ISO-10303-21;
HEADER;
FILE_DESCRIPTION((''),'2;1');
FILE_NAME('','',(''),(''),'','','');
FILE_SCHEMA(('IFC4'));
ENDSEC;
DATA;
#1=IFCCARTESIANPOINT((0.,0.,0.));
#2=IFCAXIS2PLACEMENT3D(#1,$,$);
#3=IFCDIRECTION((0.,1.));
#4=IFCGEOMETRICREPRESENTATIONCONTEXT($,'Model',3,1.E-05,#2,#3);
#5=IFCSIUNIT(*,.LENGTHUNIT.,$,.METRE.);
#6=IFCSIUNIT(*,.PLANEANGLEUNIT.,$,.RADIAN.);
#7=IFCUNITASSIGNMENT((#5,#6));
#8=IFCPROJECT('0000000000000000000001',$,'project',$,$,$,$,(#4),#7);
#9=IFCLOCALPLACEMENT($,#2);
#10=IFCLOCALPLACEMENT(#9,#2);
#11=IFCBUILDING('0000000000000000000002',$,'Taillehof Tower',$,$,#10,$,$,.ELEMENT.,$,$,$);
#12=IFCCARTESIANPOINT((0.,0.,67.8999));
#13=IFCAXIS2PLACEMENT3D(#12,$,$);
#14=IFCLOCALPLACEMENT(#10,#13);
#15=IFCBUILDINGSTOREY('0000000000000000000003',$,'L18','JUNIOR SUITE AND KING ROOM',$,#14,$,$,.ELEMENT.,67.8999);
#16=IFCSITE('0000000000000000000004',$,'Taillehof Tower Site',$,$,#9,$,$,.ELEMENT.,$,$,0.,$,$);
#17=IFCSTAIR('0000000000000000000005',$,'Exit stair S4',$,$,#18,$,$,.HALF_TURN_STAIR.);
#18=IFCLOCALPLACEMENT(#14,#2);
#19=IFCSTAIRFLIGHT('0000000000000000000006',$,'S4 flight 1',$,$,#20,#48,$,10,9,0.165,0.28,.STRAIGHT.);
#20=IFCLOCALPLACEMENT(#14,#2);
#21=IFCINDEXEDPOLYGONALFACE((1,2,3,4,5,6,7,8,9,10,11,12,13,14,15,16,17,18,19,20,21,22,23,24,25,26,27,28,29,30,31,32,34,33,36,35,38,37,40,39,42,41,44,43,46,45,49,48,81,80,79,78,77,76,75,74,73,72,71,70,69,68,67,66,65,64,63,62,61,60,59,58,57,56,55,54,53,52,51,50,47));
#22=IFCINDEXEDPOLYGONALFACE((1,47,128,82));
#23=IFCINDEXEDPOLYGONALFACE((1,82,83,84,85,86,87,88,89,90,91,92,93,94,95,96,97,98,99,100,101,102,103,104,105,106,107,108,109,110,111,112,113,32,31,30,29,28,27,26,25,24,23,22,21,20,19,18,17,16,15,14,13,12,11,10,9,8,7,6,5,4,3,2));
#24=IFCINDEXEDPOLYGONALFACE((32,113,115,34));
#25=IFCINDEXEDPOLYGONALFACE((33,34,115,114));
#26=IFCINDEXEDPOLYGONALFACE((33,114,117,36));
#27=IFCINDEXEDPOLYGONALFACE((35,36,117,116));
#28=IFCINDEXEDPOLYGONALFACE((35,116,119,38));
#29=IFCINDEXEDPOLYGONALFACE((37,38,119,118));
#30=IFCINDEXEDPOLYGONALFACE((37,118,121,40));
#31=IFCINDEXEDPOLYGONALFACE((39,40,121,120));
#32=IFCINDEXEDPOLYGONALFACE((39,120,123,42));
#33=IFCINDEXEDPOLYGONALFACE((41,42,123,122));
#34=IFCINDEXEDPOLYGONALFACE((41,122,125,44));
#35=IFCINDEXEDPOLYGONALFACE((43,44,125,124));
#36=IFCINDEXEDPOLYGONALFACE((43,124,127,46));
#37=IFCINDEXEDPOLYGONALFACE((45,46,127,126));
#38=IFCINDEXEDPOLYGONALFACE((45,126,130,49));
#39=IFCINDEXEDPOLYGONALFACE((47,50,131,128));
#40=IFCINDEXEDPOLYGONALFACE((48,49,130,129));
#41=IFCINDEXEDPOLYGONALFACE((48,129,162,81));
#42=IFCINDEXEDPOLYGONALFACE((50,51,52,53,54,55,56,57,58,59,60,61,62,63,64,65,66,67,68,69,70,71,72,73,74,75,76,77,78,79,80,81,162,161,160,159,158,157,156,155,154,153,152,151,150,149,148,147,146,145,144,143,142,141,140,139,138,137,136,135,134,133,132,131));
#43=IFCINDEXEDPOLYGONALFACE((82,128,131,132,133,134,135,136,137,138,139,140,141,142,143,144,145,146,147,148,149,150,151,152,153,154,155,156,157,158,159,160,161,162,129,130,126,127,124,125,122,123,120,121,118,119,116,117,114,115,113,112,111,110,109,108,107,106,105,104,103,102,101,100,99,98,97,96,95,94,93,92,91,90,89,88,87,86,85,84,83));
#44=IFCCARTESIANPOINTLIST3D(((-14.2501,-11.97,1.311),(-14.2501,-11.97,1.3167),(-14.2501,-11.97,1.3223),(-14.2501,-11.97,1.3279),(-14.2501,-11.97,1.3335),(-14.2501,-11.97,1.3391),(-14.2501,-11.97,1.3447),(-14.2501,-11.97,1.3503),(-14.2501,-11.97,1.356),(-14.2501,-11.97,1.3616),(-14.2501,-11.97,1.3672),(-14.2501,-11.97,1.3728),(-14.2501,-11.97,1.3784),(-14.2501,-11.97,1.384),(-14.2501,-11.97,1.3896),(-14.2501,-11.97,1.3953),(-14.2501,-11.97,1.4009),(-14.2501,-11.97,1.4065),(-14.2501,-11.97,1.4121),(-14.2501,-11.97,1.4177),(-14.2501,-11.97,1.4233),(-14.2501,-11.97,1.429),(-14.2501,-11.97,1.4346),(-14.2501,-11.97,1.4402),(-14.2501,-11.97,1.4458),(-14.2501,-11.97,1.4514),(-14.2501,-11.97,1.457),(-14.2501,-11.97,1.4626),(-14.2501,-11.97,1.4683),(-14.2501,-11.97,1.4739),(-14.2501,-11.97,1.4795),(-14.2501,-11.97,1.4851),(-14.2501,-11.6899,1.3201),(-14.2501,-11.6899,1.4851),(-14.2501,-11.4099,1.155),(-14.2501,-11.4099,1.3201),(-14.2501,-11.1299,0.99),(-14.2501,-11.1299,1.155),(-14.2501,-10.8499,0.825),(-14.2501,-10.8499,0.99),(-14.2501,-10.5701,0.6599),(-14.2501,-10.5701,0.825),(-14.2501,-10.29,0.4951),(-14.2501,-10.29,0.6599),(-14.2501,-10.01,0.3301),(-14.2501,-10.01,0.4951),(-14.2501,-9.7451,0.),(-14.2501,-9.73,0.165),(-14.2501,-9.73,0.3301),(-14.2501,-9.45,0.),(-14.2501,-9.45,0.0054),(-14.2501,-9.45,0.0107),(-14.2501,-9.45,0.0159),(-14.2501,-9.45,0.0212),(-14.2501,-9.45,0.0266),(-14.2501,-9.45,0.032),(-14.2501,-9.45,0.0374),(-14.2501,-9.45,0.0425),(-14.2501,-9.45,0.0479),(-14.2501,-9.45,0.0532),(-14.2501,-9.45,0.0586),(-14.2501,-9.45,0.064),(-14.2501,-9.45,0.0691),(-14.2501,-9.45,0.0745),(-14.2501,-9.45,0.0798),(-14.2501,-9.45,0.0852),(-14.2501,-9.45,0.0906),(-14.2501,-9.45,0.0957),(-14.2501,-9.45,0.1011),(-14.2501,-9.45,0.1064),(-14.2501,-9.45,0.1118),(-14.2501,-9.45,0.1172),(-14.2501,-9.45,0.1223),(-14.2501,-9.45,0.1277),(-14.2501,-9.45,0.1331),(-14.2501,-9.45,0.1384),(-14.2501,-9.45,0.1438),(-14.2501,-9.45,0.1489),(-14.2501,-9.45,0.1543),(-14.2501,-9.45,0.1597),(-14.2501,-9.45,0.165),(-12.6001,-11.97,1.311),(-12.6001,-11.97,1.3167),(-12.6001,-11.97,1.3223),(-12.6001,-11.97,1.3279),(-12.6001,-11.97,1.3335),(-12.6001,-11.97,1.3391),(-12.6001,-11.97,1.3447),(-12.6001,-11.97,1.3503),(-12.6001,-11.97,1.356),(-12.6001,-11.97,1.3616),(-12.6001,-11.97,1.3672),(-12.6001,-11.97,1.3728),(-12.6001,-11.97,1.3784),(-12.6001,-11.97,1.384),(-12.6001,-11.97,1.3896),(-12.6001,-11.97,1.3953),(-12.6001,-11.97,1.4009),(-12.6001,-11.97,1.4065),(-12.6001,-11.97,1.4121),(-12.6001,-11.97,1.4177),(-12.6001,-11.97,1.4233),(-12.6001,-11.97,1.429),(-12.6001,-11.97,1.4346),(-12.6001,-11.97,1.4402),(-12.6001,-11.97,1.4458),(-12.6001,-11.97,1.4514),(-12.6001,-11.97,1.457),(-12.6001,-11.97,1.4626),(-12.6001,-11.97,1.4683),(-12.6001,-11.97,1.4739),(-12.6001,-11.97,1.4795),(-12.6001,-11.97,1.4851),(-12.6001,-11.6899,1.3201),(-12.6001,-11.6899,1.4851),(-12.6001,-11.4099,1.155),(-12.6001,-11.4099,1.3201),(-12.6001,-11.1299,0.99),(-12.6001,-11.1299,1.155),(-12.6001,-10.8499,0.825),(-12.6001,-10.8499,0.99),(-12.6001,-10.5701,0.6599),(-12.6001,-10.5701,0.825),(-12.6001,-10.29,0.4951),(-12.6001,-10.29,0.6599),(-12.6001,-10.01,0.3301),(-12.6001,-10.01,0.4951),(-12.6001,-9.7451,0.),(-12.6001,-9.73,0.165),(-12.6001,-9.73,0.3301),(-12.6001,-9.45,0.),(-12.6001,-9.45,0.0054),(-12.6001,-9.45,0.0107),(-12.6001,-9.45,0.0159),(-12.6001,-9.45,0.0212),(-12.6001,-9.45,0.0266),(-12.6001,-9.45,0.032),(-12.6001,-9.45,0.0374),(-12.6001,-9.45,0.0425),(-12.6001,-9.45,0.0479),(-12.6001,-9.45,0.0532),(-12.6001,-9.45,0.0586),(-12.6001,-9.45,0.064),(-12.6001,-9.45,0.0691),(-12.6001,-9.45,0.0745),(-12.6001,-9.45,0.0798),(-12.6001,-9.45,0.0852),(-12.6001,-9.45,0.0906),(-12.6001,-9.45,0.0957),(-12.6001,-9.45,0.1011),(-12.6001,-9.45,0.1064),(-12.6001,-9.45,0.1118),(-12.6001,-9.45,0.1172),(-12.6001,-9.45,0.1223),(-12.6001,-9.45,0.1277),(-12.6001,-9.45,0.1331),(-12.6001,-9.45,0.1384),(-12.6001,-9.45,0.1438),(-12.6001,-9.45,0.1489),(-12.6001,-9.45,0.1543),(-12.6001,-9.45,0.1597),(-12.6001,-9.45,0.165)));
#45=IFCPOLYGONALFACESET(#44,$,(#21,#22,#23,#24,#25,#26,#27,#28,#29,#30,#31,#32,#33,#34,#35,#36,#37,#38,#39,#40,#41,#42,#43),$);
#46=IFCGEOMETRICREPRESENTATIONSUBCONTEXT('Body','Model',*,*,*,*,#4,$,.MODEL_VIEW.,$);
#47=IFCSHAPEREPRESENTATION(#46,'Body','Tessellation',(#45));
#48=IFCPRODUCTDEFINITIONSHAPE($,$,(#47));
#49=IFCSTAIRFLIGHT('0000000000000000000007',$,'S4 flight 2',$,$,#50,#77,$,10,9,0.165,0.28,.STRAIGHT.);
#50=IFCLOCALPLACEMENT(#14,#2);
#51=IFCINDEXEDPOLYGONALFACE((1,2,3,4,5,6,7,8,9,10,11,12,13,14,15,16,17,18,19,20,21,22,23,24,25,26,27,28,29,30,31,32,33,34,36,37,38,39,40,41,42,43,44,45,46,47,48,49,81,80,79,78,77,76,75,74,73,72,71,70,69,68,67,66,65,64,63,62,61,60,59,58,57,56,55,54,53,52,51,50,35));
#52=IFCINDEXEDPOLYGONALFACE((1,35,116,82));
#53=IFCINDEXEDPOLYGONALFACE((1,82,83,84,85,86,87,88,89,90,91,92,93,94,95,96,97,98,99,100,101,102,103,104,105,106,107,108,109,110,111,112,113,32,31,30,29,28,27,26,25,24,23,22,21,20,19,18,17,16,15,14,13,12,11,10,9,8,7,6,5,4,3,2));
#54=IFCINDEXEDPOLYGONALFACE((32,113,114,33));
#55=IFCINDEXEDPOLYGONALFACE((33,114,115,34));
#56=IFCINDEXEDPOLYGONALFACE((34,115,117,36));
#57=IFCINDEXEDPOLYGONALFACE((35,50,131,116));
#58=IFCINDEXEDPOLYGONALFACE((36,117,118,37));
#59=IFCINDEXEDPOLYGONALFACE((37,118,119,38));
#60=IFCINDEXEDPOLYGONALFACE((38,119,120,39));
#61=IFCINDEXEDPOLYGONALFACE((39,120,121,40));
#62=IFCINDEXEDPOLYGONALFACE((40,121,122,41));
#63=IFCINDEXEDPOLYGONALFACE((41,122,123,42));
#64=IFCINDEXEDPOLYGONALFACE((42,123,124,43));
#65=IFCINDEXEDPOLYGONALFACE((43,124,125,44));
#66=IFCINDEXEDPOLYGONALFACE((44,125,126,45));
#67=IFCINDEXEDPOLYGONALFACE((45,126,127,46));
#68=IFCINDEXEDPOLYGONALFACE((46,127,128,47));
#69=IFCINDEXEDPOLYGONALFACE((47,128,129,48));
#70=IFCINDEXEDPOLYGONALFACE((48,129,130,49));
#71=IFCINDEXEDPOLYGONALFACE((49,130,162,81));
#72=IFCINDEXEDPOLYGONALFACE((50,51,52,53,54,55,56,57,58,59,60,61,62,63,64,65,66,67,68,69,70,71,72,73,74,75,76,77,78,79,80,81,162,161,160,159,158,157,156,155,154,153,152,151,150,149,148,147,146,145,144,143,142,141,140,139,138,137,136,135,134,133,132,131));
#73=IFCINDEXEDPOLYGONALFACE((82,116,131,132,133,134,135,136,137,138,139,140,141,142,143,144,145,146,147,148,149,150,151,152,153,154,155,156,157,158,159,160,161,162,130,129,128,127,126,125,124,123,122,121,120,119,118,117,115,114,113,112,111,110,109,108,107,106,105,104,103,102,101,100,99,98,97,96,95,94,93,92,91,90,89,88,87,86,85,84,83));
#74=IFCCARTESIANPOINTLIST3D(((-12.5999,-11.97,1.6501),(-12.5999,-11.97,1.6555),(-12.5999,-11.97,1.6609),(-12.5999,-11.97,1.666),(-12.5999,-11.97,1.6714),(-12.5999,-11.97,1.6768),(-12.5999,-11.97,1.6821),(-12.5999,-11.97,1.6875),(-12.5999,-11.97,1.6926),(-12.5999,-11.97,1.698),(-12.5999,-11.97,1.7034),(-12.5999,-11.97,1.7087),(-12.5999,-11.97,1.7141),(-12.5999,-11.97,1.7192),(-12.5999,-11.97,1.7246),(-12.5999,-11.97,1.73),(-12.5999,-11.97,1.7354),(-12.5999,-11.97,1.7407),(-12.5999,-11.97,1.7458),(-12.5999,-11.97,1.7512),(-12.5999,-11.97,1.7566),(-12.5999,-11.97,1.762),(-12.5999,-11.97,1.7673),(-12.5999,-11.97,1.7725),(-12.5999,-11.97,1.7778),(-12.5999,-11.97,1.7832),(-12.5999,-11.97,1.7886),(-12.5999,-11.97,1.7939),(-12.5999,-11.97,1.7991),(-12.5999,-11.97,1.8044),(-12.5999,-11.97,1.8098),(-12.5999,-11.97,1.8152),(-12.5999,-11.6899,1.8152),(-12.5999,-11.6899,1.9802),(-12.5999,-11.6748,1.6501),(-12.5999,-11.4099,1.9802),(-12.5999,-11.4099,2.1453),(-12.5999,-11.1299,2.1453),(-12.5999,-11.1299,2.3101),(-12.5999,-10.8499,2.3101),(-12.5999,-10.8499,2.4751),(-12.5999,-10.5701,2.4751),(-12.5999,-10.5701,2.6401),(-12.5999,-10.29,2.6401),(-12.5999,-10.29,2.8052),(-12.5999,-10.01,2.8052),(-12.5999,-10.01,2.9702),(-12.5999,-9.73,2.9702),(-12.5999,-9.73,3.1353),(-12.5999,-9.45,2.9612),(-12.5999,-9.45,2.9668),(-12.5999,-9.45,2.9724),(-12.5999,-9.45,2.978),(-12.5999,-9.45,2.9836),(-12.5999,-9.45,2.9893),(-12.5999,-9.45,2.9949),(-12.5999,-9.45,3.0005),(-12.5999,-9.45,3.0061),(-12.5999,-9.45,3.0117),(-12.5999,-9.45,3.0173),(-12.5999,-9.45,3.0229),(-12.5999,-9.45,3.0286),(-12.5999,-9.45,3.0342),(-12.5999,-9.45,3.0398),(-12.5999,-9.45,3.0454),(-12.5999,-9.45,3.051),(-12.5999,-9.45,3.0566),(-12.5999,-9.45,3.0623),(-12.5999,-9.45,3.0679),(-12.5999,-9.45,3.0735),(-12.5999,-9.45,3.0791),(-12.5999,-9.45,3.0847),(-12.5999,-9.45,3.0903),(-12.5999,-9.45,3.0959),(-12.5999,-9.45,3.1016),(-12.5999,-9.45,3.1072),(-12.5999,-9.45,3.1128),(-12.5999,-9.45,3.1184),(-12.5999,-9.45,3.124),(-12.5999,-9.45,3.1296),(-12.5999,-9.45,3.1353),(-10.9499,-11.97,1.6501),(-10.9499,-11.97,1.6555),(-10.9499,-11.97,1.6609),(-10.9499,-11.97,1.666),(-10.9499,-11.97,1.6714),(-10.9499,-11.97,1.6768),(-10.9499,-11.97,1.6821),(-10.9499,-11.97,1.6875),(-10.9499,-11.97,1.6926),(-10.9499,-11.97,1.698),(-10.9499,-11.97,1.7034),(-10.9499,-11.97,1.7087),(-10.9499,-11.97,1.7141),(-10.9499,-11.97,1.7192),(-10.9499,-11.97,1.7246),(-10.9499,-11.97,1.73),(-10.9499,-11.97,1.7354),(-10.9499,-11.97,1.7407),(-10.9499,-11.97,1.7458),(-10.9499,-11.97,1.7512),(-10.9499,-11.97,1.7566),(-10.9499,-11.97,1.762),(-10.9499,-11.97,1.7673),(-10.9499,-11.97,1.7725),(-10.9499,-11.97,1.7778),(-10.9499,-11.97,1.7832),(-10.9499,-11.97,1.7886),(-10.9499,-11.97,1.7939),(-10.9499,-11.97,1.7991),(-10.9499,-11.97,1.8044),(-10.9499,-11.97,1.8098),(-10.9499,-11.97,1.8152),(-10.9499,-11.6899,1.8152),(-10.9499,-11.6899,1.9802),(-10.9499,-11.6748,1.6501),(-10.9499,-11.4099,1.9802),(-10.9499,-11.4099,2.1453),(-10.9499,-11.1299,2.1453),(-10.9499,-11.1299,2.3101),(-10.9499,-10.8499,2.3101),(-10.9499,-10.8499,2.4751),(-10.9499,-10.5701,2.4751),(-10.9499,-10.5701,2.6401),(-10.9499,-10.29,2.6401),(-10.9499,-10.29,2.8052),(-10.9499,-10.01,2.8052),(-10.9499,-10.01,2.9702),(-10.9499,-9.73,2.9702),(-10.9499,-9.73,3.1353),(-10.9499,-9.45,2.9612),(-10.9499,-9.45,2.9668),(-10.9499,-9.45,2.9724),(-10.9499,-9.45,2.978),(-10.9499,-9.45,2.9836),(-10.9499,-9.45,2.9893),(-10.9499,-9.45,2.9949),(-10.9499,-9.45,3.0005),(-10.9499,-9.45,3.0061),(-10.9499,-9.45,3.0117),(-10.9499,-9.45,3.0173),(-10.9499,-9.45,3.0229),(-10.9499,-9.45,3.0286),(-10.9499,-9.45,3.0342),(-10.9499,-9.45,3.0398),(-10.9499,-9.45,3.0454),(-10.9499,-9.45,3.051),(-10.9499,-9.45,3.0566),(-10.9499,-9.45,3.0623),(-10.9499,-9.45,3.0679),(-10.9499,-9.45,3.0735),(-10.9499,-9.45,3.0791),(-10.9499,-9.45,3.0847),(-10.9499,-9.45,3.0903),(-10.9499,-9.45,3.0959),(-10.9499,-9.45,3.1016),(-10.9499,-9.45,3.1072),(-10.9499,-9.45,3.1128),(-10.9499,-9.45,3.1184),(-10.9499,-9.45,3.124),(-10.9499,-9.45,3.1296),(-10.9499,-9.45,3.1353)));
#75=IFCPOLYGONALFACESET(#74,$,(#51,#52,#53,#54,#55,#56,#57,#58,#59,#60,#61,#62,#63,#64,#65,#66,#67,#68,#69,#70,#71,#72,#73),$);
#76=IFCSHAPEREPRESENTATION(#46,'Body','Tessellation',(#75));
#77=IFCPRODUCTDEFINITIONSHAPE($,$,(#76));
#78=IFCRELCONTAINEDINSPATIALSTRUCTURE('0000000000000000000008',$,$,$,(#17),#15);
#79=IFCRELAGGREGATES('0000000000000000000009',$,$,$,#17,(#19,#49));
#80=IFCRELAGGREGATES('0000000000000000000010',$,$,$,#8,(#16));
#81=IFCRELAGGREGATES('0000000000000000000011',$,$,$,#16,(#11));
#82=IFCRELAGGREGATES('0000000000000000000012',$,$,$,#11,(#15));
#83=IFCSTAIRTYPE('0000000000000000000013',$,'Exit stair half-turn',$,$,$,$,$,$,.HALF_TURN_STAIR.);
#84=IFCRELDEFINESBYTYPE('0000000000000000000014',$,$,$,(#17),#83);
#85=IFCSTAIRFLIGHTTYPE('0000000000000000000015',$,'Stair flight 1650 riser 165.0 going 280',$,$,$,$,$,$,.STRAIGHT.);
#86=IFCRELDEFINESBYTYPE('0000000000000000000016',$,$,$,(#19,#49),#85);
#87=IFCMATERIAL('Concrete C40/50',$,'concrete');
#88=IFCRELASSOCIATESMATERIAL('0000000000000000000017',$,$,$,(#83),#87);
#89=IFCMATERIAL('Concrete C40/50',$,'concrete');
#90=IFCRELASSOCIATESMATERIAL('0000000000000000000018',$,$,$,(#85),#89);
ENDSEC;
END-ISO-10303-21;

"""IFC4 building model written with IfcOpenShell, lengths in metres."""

from ifc_helpers import new_model, si_unit, direction, frame, origin, place, context, subcontext, project, spatial, polyline, outline, extrude, material, type_object, element, aggregate, save


model = new_model("IFC4")

# Units and contexts
model_context = context("Model", 3, precision=1e-05, world=origin(), true_north=direction((0.0, 1.0)))
body_context = subcontext(model_context, "Body", "Model", "MODEL_VIEW")
ifc_project = project(units=[si_unit("LENGTHUNIT", "METRE"), si_unit("PLANEANGLEUNIT", "RADIAN")], contexts=[model_context])

# Site, building, storey
site_placement = place(None, origin())
site = spatial("IfcSite", under=ifc_project, at=site_placement, Name="Taillehof Tower Site", CompositionType="ELEMENT", RefElevation=0.0)
building_placement = place(site_placement, origin())
building = spatial("IfcBuilding", under=site, at=building_placement, Name="Taillehof Tower", CompositionType="ELEMENT")
storey_placement = place(building_placement, frame((0.0, 0.0, 67.8999)))
storey = spatial("IfcBuildingStorey", under=building, at=storey_placement, Name="L18", Description="JUNIOR SUITE AND KING ROOM", CompositionType="ELEMENT", Elevation=67.8999)

# Stair, stair flights
ifc_material_1 = material(Name="Concrete C40/50", Category="concrete")
stair_type = type_object("IfcStairType", Name="Exit stair half-turn", PredefinedType="HALF_TURN_STAIR", material=ifc_material_1)
stair_placement = place(storey_placement, origin())
stair = element("IfcStair", 1, at=stair_placement, inside=storey, type_object=stair_type, Name="Exit stair S4", PredefinedType="HALF_TURN_STAIR")
ifc_material_2 = material(Name="Concrete C40/50", Category="concrete")
stair_flight_type = type_object("IfcStairFlightType", Name="Stair flight 1650 riser 165.0 going 280", PredefinedType="STRAIGHT", material=ifc_material_2)
stair_flight_1_placement = place(storey_placement, frame((-13.425, -9.45, 0.0), z_axis=(0.0, 0.0, 1.0), x_axis=(0.0, -1.0, 0.0)))
stair_flight_1 = element("IfcStairFlight", 2, at=stair_flight_1_placement, type_object=stair_flight_type, Name="S4 flight 1", NumberOfRisers=10, NumberOfTreads=9, PredefinedType="STRAIGHT", RiserHeight=0.165, TreadLength=0.28, context=body_context, shape_type="SweptSolid", body=[
    extrude(outline(polyline([(0.0, 0.0), (0.0, 0.0054), (0.0, 0.0107), (0.0, 0.0159), (0.0, 0.0212), (0.0, 0.0266), (0.0, 0.032), (0.0, 0.0374), (0.0, 0.0425), (0.0, 0.0479), (0.0, 0.0532), (0.0, 0.0586), (0.0, 0.064), (0.0, 0.0691), (0.0, 0.0745), (0.0, 0.0798), (0.0, 0.0852), (0.0, 0.0906), (0.0, 0.0957), (0.0, 0.1011), (0.0, 0.1064), (0.0, 0.1118), (0.0, 0.1172), (0.0, 0.1223), (0.0, 0.1277), (0.0, 0.1331), (0.0, 0.1384), (0.0, 0.1438), (0.0, 0.1489), (0.0, 0.1543), (0.0, 0.1597), (0.0, 0.165), (0.28, 0.165), (0.28, 0.3301), (0.5601, 0.3301), (0.5601, 0.4951), (0.8401, 0.4951), (0.8401, 0.6599), (1.1201, 0.6599), (1.1201, 0.825), (1.3999, 0.825), (1.3999, 0.99), (1.6799, 0.99), (1.6799, 1.155), (1.96, 1.155), (1.96, 1.3201), (2.24, 1.3201), (2.24, 1.4851), (2.52, 1.4851), (2.52, 1.4795), (2.52, 1.4739), (2.52, 1.4683), (2.52, 1.4626), (2.52, 1.457), (2.52, 1.4514), (2.52, 1.4458), (2.52, 1.4402), (2.52, 1.4346), (2.52, 1.429), (2.52, 1.4233), (2.52, 1.4177), (2.52, 1.4121), (2.52, 1.4065), (2.52, 1.4009), (2.52, 1.3953), (2.52, 1.3896), (2.52, 1.384), (2.52, 1.3784), (2.52, 1.3728), (2.52, 1.3672), (2.52, 1.3616), (2.52, 1.356), (2.52, 1.3503), (2.52, 1.3447), (2.52, 1.3391), (2.52, 1.3335), (2.52, 1.3279), (2.52, 1.3223), (2.52, 1.3167), (2.52, 1.311), (0.2952, 0.0), (0.0, 0.0)])), frame((0.0, 0.825, 0.0), z_axis=(0.0, -1.0, 0.0), x_axis=(1.0, 0.0, 0.0)), (0.0, 0.0, 1.0), 1.65),
])
stair_flight_2_placement = place(storey_placement, frame((-11.7749, -11.97, 1.6501), z_axis=(0.0, 0.0, 1.0), x_axis=(0.0, 1.0, 0.0)))
stair_flight_2 = element("IfcStairFlight", 3, at=stair_flight_2_placement, type_object=stair_flight_type, Name="S4 flight 2", NumberOfRisers=10, NumberOfTreads=9, PredefinedType="STRAIGHT", RiserHeight=0.165, TreadLength=0.28, context=body_context, shape_type="SweptSolid", body=[
    extrude(outline(polyline([(0.0, 0.0), (0.0, 0.0054), (0.0, 0.0107), (0.0, 0.0159), (0.0, 0.0212), (0.0, 0.0266), (0.0, 0.032), (0.0, 0.0374), (0.0, 0.0425), (0.0, 0.0479), (0.0, 0.0532), (0.0, 0.0586), (0.0, 0.064), (0.0, 0.0691), (0.0, 0.0745), (0.0, 0.0798), (0.0, 0.0852), (0.0, 0.0906), (0.0, 0.0957), (0.0, 0.1011), (0.0, 0.1064), (0.0, 0.1118), (0.0, 0.1172), (0.0, 0.1223), (0.0, 0.1277), (0.0, 0.1331), (0.0, 0.1384), (0.0, 0.1438), (0.0, 0.1489), (0.0, 0.1543), (0.0, 0.1597), (0.0, 0.165), (0.28, 0.165), (0.28, 0.3301), (0.5601, 0.3301), (0.5601, 0.4951), (0.8401, 0.4951), (0.8401, 0.6599), (1.1201, 0.6599), (1.1201, 0.825), (1.3999, 0.825), (1.3999, 0.99), (1.6799, 0.99), (1.6799, 1.155), (1.96, 1.155), (1.96, 1.3201), (2.24, 1.3201), (2.24, 1.4851), (2.52, 1.4851), (2.52, 1.4795), (2.52, 1.4739), (2.52, 1.4683), (2.52, 1.4626), (2.52, 1.457), (2.52, 1.4514), (2.52, 1.4458), (2.52, 1.4402), (2.52, 1.4346), (2.52, 1.429), (2.52, 1.4233), (2.52, 1.4177), (2.52, 1.4121), (2.52, 1.4065), (2.52, 1.4009), (2.52, 1.3953), (2.52, 1.3896), (2.52, 1.384), (2.52, 1.3784), (2.52, 1.3728), (2.52, 1.3672), (2.52, 1.3616), (2.52, 1.356), (2.52, 1.3503), (2.52, 1.3447), (2.52, 1.3391), (2.52, 1.3335), (2.52, 1.3279), (2.52, 1.3223), (2.52, 1.3167), (2.52, 1.311), (0.2952, 0.0), (0.0, 0.0)])), frame((0.0, 0.825, 0.0), z_axis=(0.0, -1.0, 0.0), x_axis=(1.0, 0.0, 0.0)), (0.0, 0.0, 1.0), 1.65),
])
aggregate(stair, [stair_flight_1, stair_flight_2])

save(model, "model.ifc")
